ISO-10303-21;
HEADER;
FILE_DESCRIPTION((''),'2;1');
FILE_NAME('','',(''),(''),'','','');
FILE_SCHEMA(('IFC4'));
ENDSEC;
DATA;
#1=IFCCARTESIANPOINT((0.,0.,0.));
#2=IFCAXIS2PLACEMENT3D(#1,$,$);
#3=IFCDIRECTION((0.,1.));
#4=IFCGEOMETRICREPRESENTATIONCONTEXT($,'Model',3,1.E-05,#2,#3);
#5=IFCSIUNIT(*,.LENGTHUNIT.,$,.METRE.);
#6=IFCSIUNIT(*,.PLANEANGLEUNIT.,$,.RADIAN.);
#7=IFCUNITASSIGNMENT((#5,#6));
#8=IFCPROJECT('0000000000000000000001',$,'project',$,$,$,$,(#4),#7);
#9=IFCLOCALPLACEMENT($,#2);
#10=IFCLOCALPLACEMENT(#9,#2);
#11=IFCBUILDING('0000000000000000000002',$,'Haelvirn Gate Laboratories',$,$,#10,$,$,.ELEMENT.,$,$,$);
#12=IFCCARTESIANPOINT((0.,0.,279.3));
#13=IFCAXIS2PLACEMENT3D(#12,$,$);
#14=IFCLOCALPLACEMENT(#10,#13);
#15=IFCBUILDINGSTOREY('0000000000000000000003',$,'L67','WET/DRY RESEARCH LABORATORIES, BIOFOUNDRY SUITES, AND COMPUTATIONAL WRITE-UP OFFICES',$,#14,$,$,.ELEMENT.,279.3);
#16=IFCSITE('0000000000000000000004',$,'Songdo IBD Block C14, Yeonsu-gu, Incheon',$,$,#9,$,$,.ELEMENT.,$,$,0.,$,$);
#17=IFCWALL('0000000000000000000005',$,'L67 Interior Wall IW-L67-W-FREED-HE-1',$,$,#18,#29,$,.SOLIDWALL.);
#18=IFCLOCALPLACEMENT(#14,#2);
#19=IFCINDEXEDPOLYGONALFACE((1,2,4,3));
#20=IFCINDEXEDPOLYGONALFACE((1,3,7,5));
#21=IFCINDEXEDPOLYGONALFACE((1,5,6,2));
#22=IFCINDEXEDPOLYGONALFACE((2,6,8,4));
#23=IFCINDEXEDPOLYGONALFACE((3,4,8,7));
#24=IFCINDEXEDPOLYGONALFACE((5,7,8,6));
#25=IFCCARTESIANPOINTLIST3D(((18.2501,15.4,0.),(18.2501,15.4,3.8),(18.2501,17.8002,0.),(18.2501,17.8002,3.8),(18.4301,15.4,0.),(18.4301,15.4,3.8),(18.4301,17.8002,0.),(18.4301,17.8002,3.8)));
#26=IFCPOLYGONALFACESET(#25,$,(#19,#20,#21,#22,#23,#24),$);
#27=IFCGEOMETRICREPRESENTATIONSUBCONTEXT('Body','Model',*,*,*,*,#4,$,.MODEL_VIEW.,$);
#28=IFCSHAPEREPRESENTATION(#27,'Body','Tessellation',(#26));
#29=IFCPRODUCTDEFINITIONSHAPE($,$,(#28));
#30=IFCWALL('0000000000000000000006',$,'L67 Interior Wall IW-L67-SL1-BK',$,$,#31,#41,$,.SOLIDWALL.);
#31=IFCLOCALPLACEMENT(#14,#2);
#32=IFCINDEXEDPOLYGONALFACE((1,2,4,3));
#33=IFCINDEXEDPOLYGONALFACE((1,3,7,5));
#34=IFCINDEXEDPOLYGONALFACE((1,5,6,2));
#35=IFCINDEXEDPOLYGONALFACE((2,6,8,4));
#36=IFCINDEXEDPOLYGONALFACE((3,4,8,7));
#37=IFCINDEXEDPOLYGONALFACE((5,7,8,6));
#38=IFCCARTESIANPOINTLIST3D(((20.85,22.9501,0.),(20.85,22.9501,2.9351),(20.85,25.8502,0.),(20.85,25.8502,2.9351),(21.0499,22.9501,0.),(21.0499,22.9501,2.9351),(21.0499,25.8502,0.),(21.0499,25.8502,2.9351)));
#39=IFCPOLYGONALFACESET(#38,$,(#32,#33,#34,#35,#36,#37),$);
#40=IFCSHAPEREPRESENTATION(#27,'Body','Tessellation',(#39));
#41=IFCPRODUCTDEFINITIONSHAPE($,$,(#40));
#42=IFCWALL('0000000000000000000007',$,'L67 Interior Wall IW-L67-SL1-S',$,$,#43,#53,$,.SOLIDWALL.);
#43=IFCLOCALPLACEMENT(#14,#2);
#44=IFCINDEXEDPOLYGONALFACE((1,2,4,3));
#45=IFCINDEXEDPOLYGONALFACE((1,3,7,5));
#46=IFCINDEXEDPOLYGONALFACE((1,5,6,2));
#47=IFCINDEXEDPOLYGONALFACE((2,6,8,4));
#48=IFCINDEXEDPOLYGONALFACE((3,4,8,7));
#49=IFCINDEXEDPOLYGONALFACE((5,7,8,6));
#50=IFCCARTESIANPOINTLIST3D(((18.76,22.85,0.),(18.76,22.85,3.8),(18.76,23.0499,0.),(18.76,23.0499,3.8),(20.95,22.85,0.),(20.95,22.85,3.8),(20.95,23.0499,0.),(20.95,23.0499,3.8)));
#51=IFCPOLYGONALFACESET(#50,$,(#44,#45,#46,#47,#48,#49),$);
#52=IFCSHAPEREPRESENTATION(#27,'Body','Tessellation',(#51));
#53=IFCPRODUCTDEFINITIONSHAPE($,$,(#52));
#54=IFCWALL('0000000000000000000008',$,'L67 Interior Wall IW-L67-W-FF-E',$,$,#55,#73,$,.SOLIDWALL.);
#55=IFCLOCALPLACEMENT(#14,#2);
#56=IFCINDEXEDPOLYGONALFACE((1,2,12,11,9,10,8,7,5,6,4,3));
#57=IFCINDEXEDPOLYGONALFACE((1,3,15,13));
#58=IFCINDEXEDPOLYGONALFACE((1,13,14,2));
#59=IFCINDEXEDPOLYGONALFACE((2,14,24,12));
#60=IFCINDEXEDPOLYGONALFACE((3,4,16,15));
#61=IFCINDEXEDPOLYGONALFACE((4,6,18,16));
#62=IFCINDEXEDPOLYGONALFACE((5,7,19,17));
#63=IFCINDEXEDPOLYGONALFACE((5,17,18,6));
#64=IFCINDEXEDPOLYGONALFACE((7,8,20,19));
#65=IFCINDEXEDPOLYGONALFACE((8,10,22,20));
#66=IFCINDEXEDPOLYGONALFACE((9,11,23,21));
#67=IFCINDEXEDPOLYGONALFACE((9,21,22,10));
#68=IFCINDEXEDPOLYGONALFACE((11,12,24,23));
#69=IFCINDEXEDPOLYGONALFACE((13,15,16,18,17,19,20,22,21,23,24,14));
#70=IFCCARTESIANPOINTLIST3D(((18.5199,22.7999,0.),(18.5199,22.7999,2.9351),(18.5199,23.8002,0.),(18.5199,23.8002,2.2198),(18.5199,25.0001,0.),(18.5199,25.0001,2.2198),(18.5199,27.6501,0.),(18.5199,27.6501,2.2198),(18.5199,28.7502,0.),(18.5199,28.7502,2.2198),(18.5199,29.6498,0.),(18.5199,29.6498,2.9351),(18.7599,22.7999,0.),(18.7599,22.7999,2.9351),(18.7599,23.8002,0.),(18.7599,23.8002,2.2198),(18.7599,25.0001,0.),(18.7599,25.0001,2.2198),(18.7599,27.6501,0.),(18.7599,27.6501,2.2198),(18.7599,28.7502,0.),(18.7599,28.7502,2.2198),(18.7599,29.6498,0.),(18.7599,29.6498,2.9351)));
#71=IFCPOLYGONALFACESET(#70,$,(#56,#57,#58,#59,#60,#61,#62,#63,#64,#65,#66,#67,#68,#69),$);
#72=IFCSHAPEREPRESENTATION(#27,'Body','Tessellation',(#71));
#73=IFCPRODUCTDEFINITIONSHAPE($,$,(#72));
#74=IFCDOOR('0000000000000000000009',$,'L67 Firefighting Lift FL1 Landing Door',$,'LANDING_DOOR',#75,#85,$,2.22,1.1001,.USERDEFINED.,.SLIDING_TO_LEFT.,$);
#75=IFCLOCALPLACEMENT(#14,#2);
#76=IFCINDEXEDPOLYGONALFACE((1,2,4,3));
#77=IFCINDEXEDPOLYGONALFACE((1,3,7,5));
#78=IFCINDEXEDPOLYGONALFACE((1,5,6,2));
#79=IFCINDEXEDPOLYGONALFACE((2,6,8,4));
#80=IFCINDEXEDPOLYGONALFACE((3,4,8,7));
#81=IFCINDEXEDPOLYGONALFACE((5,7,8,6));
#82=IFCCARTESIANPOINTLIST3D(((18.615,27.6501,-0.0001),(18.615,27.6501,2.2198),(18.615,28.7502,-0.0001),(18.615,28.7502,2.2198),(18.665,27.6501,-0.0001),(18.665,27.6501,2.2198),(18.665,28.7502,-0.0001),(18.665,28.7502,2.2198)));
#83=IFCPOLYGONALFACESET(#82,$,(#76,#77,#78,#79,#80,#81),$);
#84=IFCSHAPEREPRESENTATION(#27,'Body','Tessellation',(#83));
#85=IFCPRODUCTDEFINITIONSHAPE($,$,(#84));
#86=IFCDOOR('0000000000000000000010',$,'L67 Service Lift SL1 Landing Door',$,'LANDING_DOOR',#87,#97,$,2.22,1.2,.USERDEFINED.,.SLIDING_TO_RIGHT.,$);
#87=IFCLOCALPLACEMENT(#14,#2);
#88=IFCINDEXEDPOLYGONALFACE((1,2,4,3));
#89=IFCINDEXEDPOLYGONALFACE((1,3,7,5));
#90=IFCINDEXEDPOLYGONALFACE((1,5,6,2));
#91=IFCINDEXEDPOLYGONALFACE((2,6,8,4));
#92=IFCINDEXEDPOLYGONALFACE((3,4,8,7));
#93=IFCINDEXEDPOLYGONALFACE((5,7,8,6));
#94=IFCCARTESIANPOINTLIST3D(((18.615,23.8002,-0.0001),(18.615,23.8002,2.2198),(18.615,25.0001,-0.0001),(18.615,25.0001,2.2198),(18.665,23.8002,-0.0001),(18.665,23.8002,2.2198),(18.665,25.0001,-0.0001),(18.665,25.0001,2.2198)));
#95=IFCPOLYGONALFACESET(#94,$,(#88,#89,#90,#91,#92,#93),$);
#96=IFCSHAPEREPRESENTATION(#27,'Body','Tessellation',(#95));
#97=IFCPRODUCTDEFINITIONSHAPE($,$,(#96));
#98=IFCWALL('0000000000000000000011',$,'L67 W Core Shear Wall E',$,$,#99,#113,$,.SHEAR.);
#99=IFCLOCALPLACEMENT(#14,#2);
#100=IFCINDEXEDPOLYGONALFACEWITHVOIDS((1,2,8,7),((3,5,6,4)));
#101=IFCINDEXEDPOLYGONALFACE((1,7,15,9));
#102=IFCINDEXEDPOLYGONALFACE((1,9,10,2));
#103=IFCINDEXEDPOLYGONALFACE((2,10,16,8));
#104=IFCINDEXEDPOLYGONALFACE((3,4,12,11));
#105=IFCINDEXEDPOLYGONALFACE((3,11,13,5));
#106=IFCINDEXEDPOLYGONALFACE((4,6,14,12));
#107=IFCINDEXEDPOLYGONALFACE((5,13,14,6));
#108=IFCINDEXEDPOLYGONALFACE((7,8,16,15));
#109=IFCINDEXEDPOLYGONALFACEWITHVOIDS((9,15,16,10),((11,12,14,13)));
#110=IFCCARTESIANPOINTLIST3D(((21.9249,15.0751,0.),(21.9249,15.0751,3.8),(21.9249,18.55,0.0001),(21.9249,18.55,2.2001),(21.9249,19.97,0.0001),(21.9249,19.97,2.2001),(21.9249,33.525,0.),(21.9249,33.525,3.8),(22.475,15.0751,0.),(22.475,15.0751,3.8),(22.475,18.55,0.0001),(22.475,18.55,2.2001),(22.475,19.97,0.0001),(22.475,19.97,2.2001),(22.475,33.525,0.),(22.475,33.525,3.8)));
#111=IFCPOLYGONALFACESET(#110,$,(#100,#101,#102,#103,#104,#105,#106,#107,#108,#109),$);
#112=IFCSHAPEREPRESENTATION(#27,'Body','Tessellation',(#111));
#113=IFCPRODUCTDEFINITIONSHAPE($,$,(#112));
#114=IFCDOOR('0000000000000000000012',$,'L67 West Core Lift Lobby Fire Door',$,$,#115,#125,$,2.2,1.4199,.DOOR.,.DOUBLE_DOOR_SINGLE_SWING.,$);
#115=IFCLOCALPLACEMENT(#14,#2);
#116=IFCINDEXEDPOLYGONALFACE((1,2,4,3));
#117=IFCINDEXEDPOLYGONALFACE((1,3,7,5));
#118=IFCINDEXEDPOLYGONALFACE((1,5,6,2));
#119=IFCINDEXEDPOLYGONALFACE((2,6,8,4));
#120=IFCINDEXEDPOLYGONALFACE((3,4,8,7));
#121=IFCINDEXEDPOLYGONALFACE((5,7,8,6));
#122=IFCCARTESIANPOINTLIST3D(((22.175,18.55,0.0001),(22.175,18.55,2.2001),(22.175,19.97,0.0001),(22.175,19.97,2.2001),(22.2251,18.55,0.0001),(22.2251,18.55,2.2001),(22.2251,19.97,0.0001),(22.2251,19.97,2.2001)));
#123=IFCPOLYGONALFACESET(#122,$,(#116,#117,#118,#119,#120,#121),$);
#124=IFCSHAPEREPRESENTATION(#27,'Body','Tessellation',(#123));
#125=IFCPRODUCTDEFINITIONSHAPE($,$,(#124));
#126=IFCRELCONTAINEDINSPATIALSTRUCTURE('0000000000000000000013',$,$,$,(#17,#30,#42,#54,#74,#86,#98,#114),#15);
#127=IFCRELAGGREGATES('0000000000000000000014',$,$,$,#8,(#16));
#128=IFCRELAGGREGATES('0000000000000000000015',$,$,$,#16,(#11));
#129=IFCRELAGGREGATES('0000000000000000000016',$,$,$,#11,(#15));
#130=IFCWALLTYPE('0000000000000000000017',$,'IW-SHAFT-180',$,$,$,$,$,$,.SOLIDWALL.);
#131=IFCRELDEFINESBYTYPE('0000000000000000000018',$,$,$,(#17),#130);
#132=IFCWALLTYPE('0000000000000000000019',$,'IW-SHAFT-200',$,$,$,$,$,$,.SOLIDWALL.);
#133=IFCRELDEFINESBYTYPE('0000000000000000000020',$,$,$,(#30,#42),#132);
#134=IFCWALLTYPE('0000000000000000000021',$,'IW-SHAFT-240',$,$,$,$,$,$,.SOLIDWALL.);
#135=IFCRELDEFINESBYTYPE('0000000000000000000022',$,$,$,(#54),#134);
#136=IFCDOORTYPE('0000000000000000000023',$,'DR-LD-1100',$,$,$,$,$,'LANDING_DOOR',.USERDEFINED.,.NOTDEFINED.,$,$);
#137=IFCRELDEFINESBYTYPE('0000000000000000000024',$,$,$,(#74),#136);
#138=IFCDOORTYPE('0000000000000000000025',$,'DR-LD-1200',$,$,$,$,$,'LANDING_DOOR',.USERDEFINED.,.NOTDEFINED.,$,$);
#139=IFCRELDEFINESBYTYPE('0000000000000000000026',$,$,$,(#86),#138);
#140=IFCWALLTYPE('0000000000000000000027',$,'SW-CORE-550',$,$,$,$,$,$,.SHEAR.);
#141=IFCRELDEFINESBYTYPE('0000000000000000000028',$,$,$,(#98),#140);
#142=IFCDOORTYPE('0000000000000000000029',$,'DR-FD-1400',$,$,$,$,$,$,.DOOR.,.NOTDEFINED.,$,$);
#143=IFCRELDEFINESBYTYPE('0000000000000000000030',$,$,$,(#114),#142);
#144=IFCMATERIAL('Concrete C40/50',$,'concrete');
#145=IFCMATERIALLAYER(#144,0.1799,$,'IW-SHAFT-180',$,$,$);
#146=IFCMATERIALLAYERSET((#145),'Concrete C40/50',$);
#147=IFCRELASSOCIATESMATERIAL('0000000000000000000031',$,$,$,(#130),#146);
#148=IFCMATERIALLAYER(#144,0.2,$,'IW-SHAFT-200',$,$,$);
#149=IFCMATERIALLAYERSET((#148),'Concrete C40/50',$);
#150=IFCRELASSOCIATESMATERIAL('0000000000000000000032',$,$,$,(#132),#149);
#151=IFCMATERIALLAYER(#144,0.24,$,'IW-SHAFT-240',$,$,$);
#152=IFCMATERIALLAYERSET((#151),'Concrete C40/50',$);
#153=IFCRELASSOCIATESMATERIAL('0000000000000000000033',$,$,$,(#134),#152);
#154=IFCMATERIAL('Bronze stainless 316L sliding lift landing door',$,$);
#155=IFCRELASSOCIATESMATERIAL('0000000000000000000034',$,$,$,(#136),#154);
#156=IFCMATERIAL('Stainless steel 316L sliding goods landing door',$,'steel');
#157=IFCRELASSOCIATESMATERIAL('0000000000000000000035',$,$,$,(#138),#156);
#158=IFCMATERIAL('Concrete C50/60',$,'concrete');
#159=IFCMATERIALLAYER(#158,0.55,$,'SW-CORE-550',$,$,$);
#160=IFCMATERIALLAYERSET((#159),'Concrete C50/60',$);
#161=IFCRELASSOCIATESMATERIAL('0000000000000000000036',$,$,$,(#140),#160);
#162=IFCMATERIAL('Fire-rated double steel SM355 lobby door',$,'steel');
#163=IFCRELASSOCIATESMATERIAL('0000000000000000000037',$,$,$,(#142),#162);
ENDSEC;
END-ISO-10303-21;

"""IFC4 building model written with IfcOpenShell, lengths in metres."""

from ifc_helpers import new_model, si_unit, direction, frame, frame_2d, origin, place, context, subcontext, project, spatial, rectangle, extrude, source, transform, mapped, material, layer, layer_set, type_object, type_shapes, element, fill, save


model = new_model("IFC4")

# Units and contexts
model_context = context("Model", 3, precision=1e-05, world=origin(), true_north=direction((0.0, 1.0)))
body_context = subcontext(model_context, "Body", "Model", "MODEL_VIEW")
ifc_project = project(units=[si_unit("LENGTHUNIT", "METRE"), si_unit("PLANEANGLEUNIT", "RADIAN")], contexts=[model_context])

# Site, building, storey
site_placement = place(None, origin())
site = spatial("IfcSite", under=ifc_project, at=site_placement, Name="Songdo IBD Block C14, Yeonsu-gu, Incheon", CompositionType="ELEMENT", RefElevation=0.0)
building_placement = place(site_placement, origin())
building = spatial("IfcBuilding", under=site, at=building_placement, Name="Haelvirn Gate Laboratories", CompositionType="ELEMENT")
storey_placement = place(building_placement, frame((0.0, 0.0, 279.3)))
storey = spatial("IfcBuildingStorey", under=building, at=storey_placement, Name="L67", Description="WET/DRY RESEARCH LABORATORIES, BIOFOUNDRY SUITES, AND COMPUTATIONAL WRITE-UP OFFICES", CompositionType="ELEMENT", Elevation=279.3)

# Walls
ifc_material_1 = material(Name="Concrete C40/50", Category="concrete")
ifc_layer_1 = layer(ifc_material_1, 0.1799, Name="IW-SHAFT-180")
ifc_layer_set_1 = layer_set([ifc_layer_1], Name="Concrete C40/50")
wall_type_1 = type_object("IfcWallType", Name="IW-SHAFT-180", PredefinedType="SOLIDWALL", material=ifc_layer_set_1)
wall_1_placement = place(storey_placement, frame((18.3401, 15.3999, 0.0), z_axis=(0.0, 0.0, 1.0), x_axis=(0.0, 1.0, 0.0)))
element("IfcWall", 1, at=wall_1_placement, inside=storey, type_object=wall_type_1, Name="L67 Interior Wall IW-L67-W-FREED-HE-1", PredefinedType="SOLIDWALL", context=body_context, shape_type="SweptSolid", body=[
    extrude(rectangle(XDim=2.4001, YDim=0.1799, at=frame_2d((1.2002, 0.0))), origin(), (0.0, 0.0, 1.0), 3.8),
])
ifc_layer_2 = layer(ifc_material_1, 0.2, Name="IW-SHAFT-200")
ifc_layer_set_2 = layer_set([ifc_layer_2], Name="Concrete C40/50")
wall_type_2 = type_object("IfcWallType", Name="IW-SHAFT-200", PredefinedType="SOLIDWALL", material=ifc_layer_set_2)
wall_2_placement = place(storey_placement, frame((20.95, 22.95, 0.0), z_axis=(0.0, 0.0, 1.0), x_axis=(0.0, 1.0, 0.0)))
element("IfcWall", 2, at=wall_2_placement, inside=storey, type_object=wall_type_2, Name="L67 Interior Wall IW-L67-SL1-BK", PredefinedType="SOLIDWALL", context=body_context, shape_type="SweptSolid", body=[
    extrude(rectangle(XDim=2.9001, YDim=0.2, at=frame_2d((1.4502, 0.0))), origin(), (0.0, 0.0, 1.0), 2.9351),
])
wall_3_placement = place(storey_placement, frame((18.76, 22.95, 0.0), z_axis=(0.0, 0.0, 1.0), x_axis=(1.0, 0.0, 0.0)))
element("IfcWall", 3, at=wall_3_placement, inside=storey, type_object=wall_type_2, Name="L67 Interior Wall IW-L67-SL1-S", PredefinedType="SOLIDWALL", context=body_context, shape_type="SweptSolid", body=[
    extrude(rectangle(XDim=2.1899, YDim=0.2, at=frame_2d((1.095, 0.0))), origin(), (0.0, 0.0, 1.0), 3.8),
])

# Wall, openings, doors
ifc_layer_3 = layer(ifc_material_1, 0.24, Name="IW-SHAFT-240")
ifc_layer_set_3 = layer_set([ifc_layer_3], Name="Concrete C40/50")
wall_type_3 = type_object("IfcWallType", Name="IW-SHAFT-240", PredefinedType="SOLIDWALL", material=ifc_layer_set_3)
wall_4_placement = place(storey_placement, frame((18.6399, 22.8, 0.0), z_axis=(0.0, 0.0, 1.0), x_axis=(0.0, 1.0, 0.0)))
wall_4 = element("IfcWall", 4, at=wall_4_placement, inside=storey, type_object=wall_type_3, Name="L67 Interior Wall IW-L67-W-FF-E", PredefinedType="SOLIDWALL", context=body_context, shape_type="SweptSolid", body=[
    extrude(rectangle(XDim=6.8499, YDim=0.24, at=frame_2d((3.4248, 0.0))), origin(), (0.0, 0.0, 1.0), 2.9351),
])
opening_1_placement = place(wall_4_placement, frame((4.8501, 0.0, 0.0)))
opening_1 = element("IfcOpeningElement", 5, at=opening_1_placement, cuts=wall_4, PredefinedType="OPENING", context=body_context, shape_type="SweptSolid", body=[
    extrude(rectangle(XDim=1.1001, YDim=2.22, at=frame_2d((0.55, 1.1099))), frame((0.0, 0.1299, 0.0), z_axis=(0.0, -1.0, 0.0), x_axis=(1.0, 0.0, 0.0)), (0.0, 0.0, 1.0), 0.26),
])
opening_2_placement = place(wall_4_placement, frame((1.0, 0.0, 0.0)))
opening_2 = element("IfcOpeningElement", 6, at=opening_2_placement, cuts=wall_4, PredefinedType="OPENING", context=body_context, shape_type="SweptSolid", body=[
    extrude(rectangle(XDim=1.2, YDim=2.22, at=frame_2d((0.6001, 1.1099))), frame((0.0, 0.1299, 0.0), z_axis=(0.0, -1.0, 0.0), x_axis=(1.0, 0.0, 0.0)), (0.0, 0.0, 1.0), 0.26),
])
ifc_material_2 = material(Name="Bronze stainless 316L sliding lift landing door")
door_type_1 = type_object("IfcDoorType", Name="DR-LD-1100", ElementType="LANDING_DOOR", OperationType="NOTDEFINED", PredefinedType="USERDEFINED", material=ifc_material_2)
shared_shape_1 = source(origin(), body_context, "Body", "SweptSolid", [
    extrude(rectangle(XDim=1.1001, YDim=2.22, at=frame_2d((0.55, 1.1099))), frame((0.0, 0.0249, 0.0), z_axis=(0.0, -1.0, 0.0), x_axis=(1.0, 0.0, 0.0)), (0.0, 0.0, 1.0), 0.05),
])
type_shapes(door_type_1, [shared_shape_1])
door_1_placement = place(opening_1_placement, origin())
door_1 = element("IfcDoor", 7, at=door_1_placement, inside=storey, type_object=door_type_1, Name="L67 Firefighting Lift FL1 Landing Door", ObjectType="LANDING_DOOR", OperationType="SLIDING_TO_LEFT", OverallHeight=2.22, OverallWidth=1.1001, PredefinedType="USERDEFINED", context=body_context, shape_type="MappedRepresentation", body=[
    mapped(shared_shape_1, transform((0.0, 0.0, 0.0), scale=1.0)),
])
fill(opening_1, door_1)
ifc_material_3 = material(Name="Stainless steel 316L sliding goods landing door", Category="steel")
door_type_2 = type_object("IfcDoorType", Name="DR-LD-1200", ElementType="LANDING_DOOR", OperationType="NOTDEFINED", PredefinedType="USERDEFINED", material=ifc_material_3)
shared_shape_2 = source(origin(), body_context, "Body", "SweptSolid", [
    extrude(rectangle(XDim=1.2, YDim=2.22, at=frame_2d((0.6001, 1.1099))), frame((0.0, 0.0249, 0.0), z_axis=(0.0, -1.0, 0.0), x_axis=(1.0, 0.0, 0.0)), (0.0, 0.0, 1.0), 0.05),
])
type_shapes(door_type_2, [shared_shape_2])
door_2_placement = place(opening_2_placement, origin())
door_2 = element("IfcDoor", 8, at=door_2_placement, inside=storey, type_object=door_type_2, Name="L67 Service Lift SL1 Landing Door", ObjectType="LANDING_DOOR", OperationType="SLIDING_TO_RIGHT", OverallHeight=2.22, OverallWidth=1.2, PredefinedType="USERDEFINED", context=body_context, shape_type="MappedRepresentation", body=[
    mapped(shared_shape_2, transform((0.0, 0.0, 0.0), scale=1.0)),
])
fill(opening_2, door_2)

# Wall, opening, door
ifc_material_4 = material(Name="Concrete C50/60", Category="concrete")
ifc_layer_4 = layer(ifc_material_4, 0.55, Name="SW-CORE-550")
ifc_layer_set_4 = layer_set([ifc_layer_4], Name="Concrete C50/60")
wall_type_4 = type_object("IfcWallType", Name="SW-CORE-550", PredefinedType="SHEAR", material=ifc_layer_set_4)
wall_5_placement = place(storey_placement, frame((22.2, 15.075, 0.0), z_axis=(0.0, 0.0, 1.0), x_axis=(0.0, 1.0, 0.0)))
wall_5 = element("IfcWall", 9, at=wall_5_placement, inside=storey, type_object=wall_type_4, Name="L67 W Core Shear Wall E", PredefinedType="SHEAR", context=body_context, shape_type="SweptSolid", body=[
    extrude(rectangle(XDim=18.45, YDim=0.55, at=frame_2d((9.2251, 0.0))), origin(), (0.0, 0.0, 1.0), 3.8),
])
opening_3_placement = place(wall_5_placement, frame((3.4751, 0.0, 0.0)))
opening_3 = element("IfcOpeningElement", 10, at=opening_3_placement, cuts=wall_5, PredefinedType="OPENING", context=body_context, shape_type="SweptSolid", body=[
    extrude(rectangle(XDim=1.4199, YDim=2.2, at=frame_2d((0.71, 1.1001))), frame((0.0, 0.2852, 0.0), z_axis=(0.0, -1.0, 0.0), x_axis=(1.0, 0.0, 0.0)), (0.0, 0.0, 1.0), 0.5701),
])
ifc_material_5 = material(Name="Fire-rated double steel SM355 lobby door", Category="steel")
door_type_3 = type_object("IfcDoorType", Name="DR-FD-1400", OperationType="NOTDEFINED", PredefinedType="DOOR", material=ifc_material_5)
shared_shape_3 = source(origin(), body_context, "Body", "SweptSolid", [
    extrude(rectangle(XDim=1.4199, YDim=2.2, at=frame_2d((0.71, 1.1001))), frame((0.0, 0.0249, 0.0), z_axis=(0.0, -1.0, 0.0), x_axis=(1.0, 0.0, 0.0)), (0.0, 0.0, 1.0), 0.05),
])
type_shapes(door_type_3, [shared_shape_3])
door_3_placement = place(opening_3_placement, origin())
door_3 = element("IfcDoor", 11, at=door_3_placement, inside=storey, type_object=door_type_3, Name="L67 West Core Lift Lobby Fire Door", OperationType="DOUBLE_DOOR_SINGLE_SWING", OverallHeight=2.2, OverallWidth=1.4199, PredefinedType="DOOR", context=body_context, shape_type="MappedRepresentation", body=[
    mapped(shared_shape_3, transform((0.0, 0.0, 0.0), scale=1.0)),
])
fill(opening_3, door_3)

save(model, "model.ifc")
